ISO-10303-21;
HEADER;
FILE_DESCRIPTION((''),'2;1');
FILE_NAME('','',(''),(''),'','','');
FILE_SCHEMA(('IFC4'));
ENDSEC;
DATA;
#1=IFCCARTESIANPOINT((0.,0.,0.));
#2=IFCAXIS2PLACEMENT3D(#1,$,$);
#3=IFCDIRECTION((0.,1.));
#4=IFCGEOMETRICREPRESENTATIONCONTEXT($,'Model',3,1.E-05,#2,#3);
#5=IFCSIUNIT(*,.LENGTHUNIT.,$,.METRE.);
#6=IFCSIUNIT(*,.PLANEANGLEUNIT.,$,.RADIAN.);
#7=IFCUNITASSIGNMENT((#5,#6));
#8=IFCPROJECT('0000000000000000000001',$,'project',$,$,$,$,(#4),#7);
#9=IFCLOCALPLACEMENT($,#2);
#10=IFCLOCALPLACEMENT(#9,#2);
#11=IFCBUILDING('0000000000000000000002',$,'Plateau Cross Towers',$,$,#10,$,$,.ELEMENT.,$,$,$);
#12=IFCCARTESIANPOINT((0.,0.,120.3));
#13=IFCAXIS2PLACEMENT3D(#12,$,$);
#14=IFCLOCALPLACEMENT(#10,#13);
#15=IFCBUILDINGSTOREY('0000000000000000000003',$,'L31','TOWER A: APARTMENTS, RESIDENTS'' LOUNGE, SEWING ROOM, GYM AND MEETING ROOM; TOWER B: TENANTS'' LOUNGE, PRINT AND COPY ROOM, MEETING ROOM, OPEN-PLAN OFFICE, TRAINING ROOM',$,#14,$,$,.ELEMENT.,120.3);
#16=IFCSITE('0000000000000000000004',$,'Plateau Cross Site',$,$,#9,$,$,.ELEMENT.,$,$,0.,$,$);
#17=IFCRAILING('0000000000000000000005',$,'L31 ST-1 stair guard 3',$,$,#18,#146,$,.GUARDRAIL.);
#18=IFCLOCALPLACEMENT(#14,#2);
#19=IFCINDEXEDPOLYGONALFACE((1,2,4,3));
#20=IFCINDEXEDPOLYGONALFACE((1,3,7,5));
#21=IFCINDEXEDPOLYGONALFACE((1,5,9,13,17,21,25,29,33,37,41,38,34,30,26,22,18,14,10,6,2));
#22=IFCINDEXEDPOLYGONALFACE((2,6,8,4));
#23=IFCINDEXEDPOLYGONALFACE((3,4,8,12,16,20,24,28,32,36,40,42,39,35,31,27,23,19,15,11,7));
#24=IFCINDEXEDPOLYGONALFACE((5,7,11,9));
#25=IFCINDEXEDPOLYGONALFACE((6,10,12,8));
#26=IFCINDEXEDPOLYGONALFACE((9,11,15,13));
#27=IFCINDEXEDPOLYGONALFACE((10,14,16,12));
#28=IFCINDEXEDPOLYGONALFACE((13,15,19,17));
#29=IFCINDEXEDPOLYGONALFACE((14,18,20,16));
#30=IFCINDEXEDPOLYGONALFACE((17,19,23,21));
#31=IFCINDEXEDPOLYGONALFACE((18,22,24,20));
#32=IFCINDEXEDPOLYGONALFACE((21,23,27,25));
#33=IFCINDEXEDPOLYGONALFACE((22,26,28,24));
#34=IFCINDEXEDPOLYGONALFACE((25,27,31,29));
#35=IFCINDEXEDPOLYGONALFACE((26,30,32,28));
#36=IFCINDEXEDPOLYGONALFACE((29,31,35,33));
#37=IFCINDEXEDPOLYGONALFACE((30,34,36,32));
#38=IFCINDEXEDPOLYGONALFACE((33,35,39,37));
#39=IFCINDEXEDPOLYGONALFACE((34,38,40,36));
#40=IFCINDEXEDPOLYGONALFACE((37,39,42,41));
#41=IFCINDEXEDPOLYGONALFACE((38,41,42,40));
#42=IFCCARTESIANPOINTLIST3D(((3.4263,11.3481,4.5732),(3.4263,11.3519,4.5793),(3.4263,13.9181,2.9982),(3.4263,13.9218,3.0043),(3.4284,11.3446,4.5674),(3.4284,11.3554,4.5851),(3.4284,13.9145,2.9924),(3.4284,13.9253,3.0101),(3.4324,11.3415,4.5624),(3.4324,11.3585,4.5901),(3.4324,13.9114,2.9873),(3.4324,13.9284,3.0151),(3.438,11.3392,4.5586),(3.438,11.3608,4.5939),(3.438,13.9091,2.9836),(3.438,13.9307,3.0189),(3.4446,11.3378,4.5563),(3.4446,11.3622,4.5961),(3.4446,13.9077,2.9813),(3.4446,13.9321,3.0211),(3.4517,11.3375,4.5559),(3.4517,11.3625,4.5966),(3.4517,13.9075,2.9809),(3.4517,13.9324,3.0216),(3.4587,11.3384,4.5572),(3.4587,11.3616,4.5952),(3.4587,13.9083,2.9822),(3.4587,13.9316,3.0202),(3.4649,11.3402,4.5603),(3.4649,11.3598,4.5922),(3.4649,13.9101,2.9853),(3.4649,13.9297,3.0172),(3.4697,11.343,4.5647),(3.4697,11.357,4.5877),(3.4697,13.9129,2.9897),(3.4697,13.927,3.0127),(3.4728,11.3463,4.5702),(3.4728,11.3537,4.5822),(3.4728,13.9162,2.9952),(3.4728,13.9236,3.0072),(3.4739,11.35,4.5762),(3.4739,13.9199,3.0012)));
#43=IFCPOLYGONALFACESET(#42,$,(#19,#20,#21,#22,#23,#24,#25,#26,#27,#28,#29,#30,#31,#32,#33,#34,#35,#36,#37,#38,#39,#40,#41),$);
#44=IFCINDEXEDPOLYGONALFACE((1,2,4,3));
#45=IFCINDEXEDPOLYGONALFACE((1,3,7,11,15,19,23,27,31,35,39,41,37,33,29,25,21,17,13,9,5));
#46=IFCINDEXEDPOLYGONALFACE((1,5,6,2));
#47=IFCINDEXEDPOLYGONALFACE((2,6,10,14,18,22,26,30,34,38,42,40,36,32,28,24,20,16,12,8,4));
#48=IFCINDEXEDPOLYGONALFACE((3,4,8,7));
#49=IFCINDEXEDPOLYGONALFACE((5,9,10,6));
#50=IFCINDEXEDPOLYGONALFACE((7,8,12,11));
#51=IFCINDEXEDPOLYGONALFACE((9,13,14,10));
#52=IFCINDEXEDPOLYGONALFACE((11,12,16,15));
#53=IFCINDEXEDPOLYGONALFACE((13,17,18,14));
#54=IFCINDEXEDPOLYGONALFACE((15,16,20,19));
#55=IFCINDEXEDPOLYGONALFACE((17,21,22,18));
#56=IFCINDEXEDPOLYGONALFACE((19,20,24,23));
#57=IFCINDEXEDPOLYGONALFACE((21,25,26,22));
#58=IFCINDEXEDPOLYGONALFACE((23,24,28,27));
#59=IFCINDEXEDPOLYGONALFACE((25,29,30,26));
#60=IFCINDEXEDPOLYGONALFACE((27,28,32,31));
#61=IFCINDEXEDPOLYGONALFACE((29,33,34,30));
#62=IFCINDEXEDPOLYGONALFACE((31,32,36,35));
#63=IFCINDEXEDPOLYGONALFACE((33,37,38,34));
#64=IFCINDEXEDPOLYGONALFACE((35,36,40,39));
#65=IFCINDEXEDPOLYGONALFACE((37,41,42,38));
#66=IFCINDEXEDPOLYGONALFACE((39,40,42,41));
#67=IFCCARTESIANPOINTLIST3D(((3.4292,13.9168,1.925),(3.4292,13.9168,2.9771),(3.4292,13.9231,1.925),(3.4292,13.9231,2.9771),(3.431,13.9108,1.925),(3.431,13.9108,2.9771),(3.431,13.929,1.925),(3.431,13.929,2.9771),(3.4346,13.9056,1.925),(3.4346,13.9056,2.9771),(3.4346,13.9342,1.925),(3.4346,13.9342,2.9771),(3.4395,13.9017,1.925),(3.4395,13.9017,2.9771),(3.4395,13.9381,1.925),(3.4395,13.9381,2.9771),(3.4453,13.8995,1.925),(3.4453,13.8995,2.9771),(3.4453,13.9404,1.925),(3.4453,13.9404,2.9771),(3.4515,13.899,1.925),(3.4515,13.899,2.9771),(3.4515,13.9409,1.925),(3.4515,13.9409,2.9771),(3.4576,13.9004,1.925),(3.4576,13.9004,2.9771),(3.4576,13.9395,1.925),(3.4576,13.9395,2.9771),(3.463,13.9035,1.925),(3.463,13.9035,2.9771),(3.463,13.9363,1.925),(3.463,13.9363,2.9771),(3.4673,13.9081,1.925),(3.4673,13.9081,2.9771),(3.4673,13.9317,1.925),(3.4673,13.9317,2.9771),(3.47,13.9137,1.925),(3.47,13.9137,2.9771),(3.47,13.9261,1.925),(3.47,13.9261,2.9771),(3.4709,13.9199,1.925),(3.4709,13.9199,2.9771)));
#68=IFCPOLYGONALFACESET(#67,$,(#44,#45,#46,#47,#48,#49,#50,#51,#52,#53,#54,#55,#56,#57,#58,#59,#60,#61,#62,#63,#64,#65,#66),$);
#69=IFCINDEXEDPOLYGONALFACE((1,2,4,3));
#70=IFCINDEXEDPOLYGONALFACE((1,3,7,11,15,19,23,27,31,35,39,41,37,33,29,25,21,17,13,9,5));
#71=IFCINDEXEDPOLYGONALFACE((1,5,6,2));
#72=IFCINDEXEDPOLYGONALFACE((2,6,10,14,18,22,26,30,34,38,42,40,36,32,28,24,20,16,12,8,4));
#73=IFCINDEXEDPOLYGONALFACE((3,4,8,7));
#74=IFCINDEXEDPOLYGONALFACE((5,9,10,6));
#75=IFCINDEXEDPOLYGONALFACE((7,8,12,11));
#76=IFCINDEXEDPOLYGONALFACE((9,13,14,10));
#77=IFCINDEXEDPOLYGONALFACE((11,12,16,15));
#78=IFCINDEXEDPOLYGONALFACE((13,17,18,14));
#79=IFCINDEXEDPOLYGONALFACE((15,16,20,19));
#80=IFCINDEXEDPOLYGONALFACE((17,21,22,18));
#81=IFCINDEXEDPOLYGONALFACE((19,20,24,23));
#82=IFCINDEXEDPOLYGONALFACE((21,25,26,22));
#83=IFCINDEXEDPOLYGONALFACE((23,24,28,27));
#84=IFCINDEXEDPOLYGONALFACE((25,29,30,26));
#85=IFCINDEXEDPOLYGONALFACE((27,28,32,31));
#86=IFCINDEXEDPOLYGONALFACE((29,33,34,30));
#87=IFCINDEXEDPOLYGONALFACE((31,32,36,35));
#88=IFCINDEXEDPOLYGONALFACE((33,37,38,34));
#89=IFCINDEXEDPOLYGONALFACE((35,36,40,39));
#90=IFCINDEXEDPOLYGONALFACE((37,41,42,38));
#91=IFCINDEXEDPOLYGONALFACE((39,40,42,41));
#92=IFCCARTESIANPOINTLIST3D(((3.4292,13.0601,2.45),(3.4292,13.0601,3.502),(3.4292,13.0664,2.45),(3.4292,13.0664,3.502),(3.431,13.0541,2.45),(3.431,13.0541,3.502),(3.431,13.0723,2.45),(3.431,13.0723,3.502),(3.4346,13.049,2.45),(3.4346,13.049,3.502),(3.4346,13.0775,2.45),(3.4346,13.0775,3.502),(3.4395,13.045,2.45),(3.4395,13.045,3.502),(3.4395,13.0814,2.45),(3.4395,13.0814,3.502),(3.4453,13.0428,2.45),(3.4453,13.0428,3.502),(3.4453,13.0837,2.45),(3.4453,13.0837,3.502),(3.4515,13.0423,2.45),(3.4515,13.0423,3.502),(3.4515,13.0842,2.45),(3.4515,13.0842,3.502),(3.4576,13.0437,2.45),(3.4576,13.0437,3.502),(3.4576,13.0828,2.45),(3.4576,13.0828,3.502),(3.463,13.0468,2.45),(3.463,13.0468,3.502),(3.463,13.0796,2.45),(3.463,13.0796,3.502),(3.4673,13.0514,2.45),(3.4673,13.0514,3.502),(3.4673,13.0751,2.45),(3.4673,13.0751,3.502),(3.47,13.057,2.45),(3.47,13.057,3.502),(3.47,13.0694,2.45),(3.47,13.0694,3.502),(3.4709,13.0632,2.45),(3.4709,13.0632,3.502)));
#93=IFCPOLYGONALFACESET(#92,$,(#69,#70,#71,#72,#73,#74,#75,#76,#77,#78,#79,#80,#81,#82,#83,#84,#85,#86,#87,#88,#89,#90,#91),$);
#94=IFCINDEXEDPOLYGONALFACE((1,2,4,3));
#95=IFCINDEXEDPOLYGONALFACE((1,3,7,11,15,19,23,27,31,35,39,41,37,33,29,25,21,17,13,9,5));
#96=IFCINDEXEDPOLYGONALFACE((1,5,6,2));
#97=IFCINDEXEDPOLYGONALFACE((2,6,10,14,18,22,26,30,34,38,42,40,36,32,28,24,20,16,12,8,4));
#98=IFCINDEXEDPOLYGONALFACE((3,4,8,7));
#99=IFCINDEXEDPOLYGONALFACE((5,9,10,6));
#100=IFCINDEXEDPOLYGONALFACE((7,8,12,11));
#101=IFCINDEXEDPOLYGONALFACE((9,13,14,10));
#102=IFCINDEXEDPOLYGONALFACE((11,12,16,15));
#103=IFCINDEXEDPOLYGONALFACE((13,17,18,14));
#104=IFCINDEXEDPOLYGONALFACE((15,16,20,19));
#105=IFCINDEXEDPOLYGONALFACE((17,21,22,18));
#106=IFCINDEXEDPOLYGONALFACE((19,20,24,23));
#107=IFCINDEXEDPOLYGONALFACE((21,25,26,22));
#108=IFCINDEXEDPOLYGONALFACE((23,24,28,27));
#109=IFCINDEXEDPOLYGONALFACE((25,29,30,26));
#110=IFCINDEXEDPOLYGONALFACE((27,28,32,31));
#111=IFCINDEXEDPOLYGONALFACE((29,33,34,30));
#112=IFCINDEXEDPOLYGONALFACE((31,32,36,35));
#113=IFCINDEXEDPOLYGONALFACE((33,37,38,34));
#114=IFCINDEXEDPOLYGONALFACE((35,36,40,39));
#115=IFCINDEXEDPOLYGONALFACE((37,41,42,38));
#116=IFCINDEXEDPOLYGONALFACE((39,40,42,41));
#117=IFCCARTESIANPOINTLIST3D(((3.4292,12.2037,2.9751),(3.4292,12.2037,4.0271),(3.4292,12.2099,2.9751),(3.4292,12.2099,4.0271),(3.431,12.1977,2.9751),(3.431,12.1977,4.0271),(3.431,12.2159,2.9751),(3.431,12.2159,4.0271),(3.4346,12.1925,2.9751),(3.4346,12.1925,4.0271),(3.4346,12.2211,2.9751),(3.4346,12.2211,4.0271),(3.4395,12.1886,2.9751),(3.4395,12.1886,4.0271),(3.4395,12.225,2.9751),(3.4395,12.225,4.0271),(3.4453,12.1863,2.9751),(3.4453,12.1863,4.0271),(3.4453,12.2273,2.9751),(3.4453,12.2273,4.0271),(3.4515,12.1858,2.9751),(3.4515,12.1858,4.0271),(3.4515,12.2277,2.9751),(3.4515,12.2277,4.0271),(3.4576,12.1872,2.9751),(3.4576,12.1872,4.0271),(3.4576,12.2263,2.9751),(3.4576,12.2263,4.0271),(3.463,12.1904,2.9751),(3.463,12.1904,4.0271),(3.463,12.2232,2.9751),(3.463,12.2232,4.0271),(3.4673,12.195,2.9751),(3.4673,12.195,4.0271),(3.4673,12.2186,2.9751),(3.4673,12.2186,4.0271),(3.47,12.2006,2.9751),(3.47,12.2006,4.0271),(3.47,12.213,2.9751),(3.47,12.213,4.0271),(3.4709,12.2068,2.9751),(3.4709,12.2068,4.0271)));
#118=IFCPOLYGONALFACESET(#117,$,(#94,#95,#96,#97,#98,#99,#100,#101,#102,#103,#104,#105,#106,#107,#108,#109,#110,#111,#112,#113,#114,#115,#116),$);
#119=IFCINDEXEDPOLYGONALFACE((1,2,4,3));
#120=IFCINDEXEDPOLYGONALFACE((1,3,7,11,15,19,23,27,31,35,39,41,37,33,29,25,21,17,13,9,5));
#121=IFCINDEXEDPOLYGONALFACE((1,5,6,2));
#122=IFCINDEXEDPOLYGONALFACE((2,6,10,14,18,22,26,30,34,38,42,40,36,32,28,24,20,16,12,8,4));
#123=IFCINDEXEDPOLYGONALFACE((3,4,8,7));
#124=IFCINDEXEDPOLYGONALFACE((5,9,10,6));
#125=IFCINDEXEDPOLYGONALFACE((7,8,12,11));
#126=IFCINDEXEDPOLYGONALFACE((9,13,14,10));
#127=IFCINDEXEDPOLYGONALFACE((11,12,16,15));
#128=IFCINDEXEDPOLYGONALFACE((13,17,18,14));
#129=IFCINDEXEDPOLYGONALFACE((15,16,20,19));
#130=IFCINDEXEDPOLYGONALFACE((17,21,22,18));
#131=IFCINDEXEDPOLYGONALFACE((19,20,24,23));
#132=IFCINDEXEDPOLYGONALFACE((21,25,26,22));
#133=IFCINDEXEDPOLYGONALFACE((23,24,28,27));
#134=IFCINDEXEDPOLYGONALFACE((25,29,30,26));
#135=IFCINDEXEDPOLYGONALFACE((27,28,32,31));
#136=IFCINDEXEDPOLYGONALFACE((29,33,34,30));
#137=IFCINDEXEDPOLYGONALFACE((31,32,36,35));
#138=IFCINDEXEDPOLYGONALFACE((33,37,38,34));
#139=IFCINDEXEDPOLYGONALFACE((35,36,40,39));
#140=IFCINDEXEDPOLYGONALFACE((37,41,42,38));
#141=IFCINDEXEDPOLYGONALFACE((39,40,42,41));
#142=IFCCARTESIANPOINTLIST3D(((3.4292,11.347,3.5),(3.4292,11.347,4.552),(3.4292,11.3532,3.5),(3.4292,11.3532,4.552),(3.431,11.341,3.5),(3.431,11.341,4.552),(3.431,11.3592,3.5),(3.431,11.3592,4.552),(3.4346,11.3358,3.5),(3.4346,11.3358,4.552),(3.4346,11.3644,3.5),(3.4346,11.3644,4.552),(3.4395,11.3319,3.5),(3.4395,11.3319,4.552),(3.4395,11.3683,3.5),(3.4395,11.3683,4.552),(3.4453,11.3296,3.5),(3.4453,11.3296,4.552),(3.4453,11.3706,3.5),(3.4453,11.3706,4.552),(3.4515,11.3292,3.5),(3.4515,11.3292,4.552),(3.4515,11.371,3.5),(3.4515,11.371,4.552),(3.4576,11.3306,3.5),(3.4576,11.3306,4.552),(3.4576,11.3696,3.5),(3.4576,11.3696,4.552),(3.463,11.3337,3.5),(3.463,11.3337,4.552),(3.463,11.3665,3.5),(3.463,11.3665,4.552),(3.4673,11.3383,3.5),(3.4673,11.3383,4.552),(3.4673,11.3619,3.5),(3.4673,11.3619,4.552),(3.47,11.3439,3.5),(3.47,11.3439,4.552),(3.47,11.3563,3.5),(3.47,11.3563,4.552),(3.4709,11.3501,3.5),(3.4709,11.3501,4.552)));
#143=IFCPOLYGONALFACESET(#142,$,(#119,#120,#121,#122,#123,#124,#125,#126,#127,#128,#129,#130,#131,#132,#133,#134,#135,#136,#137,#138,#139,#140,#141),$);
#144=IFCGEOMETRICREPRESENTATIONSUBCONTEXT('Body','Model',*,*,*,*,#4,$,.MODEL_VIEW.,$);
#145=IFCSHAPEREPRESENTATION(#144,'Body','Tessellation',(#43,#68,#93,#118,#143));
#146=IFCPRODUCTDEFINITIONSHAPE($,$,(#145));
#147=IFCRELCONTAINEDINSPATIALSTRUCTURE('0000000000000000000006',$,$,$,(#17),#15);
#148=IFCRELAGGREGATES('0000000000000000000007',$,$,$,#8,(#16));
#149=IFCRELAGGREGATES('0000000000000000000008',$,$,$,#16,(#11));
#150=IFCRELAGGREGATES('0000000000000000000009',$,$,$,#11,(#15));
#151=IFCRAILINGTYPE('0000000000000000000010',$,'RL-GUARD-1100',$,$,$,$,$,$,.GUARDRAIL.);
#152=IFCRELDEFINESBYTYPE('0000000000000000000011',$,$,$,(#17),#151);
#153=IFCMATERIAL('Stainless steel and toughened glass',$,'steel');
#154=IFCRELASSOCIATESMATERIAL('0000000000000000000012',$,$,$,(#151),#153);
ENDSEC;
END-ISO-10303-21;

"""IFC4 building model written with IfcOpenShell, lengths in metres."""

from ifc_helpers import new_model, si_unit, direction, frame, origin, origin_2d, place, context, subcontext, project, spatial, circle, extrude, material, type_object, element, save


model = new_model("IFC4")

# Units and contexts
model_context = context("Model", 3, precision=1e-05, world=origin(), true_north=direction((0.0, 1.0)))
body_context = subcontext(model_context, "Body", "Model", "MODEL_VIEW")
ifc_project = project(units=[si_unit("LENGTHUNIT", "METRE"), si_unit("PLANEANGLEUNIT", "RADIAN")], contexts=[model_context])

# Site, building, storey
site_placement = place(None, origin())
site = spatial("IfcSite", under=ifc_project, at=site_placement, Name="Plateau Cross Site", CompositionType="ELEMENT", RefElevation=0.0)
building_placement = place(site_placement, origin())
building = spatial("IfcBuilding", under=site, at=building_placement, Name="Plateau Cross Towers", CompositionType="ELEMENT")
storey_placement = place(building_placement, frame((0.0, 0.0, 120.3)))
storey = spatial("IfcBuildingStorey", under=building, at=storey_placement, Name="L31", Description="TOWER A: APARTMENTS, RESIDENTS' LOUNGE, SEWING ROOM, GYM AND MEETING ROOM; TOWER B: TENANTS' LOUNGE, PRINT AND COPY ROOM, MEETING ROOM, OPEN-PLAN OFFICE, TRAINING ROOM", CompositionType="ELEMENT", Elevation=120.3)

# Railing
ifc_material_1 = material(Name="Stainless steel and toughened glass", Category="steel")
railing_type_1 = type_object("IfcRailingType", Name="RL-GUARD-1100", PredefinedType="GUARDRAIL", material=ifc_material_1)
railing_1_placement = place(storey_placement, frame((3.45, 13.9199, 1.925)))
element("IfcRailing", 1, at=railing_1_placement, inside=storey, type_object=railing_type_1, Name="L31 ST-1 stair guard 3", PredefinedType="GUARDRAIL", context=body_context, shape_type="SweptSolid", body=[
    extrude(circle(Radius=0.0239, at=origin_2d()), frame((0.0, 0.0, 1.0762), z_axis=(0.0, -0.852616, 0.522537), x_axis=(1.0, 0.0, 0.0)), (0.0, 0.0, 1.0), 3.0142),
    extrude(circle(Radius=0.021, at=origin_2d()), origin(), (0.0, 0.0, 1.0), 1.052),
    extrude(circle(Radius=0.021, at=origin_2d()), frame((0.0, -0.8567, 0.5249)), (0.0, 0.0, 1.0), 1.052),
    extrude(circle(Radius=0.021, at=origin_2d()), frame((0.0, -1.7131, 1.05)), (0.0, 0.0, 1.0), 1.052),
    extrude(circle(Radius=0.021, at=origin_2d()), frame((0.0, -2.5698, 1.575)), (0.0, 0.0, 1.0), 1.052),
])

save(model, "model.ifc")
